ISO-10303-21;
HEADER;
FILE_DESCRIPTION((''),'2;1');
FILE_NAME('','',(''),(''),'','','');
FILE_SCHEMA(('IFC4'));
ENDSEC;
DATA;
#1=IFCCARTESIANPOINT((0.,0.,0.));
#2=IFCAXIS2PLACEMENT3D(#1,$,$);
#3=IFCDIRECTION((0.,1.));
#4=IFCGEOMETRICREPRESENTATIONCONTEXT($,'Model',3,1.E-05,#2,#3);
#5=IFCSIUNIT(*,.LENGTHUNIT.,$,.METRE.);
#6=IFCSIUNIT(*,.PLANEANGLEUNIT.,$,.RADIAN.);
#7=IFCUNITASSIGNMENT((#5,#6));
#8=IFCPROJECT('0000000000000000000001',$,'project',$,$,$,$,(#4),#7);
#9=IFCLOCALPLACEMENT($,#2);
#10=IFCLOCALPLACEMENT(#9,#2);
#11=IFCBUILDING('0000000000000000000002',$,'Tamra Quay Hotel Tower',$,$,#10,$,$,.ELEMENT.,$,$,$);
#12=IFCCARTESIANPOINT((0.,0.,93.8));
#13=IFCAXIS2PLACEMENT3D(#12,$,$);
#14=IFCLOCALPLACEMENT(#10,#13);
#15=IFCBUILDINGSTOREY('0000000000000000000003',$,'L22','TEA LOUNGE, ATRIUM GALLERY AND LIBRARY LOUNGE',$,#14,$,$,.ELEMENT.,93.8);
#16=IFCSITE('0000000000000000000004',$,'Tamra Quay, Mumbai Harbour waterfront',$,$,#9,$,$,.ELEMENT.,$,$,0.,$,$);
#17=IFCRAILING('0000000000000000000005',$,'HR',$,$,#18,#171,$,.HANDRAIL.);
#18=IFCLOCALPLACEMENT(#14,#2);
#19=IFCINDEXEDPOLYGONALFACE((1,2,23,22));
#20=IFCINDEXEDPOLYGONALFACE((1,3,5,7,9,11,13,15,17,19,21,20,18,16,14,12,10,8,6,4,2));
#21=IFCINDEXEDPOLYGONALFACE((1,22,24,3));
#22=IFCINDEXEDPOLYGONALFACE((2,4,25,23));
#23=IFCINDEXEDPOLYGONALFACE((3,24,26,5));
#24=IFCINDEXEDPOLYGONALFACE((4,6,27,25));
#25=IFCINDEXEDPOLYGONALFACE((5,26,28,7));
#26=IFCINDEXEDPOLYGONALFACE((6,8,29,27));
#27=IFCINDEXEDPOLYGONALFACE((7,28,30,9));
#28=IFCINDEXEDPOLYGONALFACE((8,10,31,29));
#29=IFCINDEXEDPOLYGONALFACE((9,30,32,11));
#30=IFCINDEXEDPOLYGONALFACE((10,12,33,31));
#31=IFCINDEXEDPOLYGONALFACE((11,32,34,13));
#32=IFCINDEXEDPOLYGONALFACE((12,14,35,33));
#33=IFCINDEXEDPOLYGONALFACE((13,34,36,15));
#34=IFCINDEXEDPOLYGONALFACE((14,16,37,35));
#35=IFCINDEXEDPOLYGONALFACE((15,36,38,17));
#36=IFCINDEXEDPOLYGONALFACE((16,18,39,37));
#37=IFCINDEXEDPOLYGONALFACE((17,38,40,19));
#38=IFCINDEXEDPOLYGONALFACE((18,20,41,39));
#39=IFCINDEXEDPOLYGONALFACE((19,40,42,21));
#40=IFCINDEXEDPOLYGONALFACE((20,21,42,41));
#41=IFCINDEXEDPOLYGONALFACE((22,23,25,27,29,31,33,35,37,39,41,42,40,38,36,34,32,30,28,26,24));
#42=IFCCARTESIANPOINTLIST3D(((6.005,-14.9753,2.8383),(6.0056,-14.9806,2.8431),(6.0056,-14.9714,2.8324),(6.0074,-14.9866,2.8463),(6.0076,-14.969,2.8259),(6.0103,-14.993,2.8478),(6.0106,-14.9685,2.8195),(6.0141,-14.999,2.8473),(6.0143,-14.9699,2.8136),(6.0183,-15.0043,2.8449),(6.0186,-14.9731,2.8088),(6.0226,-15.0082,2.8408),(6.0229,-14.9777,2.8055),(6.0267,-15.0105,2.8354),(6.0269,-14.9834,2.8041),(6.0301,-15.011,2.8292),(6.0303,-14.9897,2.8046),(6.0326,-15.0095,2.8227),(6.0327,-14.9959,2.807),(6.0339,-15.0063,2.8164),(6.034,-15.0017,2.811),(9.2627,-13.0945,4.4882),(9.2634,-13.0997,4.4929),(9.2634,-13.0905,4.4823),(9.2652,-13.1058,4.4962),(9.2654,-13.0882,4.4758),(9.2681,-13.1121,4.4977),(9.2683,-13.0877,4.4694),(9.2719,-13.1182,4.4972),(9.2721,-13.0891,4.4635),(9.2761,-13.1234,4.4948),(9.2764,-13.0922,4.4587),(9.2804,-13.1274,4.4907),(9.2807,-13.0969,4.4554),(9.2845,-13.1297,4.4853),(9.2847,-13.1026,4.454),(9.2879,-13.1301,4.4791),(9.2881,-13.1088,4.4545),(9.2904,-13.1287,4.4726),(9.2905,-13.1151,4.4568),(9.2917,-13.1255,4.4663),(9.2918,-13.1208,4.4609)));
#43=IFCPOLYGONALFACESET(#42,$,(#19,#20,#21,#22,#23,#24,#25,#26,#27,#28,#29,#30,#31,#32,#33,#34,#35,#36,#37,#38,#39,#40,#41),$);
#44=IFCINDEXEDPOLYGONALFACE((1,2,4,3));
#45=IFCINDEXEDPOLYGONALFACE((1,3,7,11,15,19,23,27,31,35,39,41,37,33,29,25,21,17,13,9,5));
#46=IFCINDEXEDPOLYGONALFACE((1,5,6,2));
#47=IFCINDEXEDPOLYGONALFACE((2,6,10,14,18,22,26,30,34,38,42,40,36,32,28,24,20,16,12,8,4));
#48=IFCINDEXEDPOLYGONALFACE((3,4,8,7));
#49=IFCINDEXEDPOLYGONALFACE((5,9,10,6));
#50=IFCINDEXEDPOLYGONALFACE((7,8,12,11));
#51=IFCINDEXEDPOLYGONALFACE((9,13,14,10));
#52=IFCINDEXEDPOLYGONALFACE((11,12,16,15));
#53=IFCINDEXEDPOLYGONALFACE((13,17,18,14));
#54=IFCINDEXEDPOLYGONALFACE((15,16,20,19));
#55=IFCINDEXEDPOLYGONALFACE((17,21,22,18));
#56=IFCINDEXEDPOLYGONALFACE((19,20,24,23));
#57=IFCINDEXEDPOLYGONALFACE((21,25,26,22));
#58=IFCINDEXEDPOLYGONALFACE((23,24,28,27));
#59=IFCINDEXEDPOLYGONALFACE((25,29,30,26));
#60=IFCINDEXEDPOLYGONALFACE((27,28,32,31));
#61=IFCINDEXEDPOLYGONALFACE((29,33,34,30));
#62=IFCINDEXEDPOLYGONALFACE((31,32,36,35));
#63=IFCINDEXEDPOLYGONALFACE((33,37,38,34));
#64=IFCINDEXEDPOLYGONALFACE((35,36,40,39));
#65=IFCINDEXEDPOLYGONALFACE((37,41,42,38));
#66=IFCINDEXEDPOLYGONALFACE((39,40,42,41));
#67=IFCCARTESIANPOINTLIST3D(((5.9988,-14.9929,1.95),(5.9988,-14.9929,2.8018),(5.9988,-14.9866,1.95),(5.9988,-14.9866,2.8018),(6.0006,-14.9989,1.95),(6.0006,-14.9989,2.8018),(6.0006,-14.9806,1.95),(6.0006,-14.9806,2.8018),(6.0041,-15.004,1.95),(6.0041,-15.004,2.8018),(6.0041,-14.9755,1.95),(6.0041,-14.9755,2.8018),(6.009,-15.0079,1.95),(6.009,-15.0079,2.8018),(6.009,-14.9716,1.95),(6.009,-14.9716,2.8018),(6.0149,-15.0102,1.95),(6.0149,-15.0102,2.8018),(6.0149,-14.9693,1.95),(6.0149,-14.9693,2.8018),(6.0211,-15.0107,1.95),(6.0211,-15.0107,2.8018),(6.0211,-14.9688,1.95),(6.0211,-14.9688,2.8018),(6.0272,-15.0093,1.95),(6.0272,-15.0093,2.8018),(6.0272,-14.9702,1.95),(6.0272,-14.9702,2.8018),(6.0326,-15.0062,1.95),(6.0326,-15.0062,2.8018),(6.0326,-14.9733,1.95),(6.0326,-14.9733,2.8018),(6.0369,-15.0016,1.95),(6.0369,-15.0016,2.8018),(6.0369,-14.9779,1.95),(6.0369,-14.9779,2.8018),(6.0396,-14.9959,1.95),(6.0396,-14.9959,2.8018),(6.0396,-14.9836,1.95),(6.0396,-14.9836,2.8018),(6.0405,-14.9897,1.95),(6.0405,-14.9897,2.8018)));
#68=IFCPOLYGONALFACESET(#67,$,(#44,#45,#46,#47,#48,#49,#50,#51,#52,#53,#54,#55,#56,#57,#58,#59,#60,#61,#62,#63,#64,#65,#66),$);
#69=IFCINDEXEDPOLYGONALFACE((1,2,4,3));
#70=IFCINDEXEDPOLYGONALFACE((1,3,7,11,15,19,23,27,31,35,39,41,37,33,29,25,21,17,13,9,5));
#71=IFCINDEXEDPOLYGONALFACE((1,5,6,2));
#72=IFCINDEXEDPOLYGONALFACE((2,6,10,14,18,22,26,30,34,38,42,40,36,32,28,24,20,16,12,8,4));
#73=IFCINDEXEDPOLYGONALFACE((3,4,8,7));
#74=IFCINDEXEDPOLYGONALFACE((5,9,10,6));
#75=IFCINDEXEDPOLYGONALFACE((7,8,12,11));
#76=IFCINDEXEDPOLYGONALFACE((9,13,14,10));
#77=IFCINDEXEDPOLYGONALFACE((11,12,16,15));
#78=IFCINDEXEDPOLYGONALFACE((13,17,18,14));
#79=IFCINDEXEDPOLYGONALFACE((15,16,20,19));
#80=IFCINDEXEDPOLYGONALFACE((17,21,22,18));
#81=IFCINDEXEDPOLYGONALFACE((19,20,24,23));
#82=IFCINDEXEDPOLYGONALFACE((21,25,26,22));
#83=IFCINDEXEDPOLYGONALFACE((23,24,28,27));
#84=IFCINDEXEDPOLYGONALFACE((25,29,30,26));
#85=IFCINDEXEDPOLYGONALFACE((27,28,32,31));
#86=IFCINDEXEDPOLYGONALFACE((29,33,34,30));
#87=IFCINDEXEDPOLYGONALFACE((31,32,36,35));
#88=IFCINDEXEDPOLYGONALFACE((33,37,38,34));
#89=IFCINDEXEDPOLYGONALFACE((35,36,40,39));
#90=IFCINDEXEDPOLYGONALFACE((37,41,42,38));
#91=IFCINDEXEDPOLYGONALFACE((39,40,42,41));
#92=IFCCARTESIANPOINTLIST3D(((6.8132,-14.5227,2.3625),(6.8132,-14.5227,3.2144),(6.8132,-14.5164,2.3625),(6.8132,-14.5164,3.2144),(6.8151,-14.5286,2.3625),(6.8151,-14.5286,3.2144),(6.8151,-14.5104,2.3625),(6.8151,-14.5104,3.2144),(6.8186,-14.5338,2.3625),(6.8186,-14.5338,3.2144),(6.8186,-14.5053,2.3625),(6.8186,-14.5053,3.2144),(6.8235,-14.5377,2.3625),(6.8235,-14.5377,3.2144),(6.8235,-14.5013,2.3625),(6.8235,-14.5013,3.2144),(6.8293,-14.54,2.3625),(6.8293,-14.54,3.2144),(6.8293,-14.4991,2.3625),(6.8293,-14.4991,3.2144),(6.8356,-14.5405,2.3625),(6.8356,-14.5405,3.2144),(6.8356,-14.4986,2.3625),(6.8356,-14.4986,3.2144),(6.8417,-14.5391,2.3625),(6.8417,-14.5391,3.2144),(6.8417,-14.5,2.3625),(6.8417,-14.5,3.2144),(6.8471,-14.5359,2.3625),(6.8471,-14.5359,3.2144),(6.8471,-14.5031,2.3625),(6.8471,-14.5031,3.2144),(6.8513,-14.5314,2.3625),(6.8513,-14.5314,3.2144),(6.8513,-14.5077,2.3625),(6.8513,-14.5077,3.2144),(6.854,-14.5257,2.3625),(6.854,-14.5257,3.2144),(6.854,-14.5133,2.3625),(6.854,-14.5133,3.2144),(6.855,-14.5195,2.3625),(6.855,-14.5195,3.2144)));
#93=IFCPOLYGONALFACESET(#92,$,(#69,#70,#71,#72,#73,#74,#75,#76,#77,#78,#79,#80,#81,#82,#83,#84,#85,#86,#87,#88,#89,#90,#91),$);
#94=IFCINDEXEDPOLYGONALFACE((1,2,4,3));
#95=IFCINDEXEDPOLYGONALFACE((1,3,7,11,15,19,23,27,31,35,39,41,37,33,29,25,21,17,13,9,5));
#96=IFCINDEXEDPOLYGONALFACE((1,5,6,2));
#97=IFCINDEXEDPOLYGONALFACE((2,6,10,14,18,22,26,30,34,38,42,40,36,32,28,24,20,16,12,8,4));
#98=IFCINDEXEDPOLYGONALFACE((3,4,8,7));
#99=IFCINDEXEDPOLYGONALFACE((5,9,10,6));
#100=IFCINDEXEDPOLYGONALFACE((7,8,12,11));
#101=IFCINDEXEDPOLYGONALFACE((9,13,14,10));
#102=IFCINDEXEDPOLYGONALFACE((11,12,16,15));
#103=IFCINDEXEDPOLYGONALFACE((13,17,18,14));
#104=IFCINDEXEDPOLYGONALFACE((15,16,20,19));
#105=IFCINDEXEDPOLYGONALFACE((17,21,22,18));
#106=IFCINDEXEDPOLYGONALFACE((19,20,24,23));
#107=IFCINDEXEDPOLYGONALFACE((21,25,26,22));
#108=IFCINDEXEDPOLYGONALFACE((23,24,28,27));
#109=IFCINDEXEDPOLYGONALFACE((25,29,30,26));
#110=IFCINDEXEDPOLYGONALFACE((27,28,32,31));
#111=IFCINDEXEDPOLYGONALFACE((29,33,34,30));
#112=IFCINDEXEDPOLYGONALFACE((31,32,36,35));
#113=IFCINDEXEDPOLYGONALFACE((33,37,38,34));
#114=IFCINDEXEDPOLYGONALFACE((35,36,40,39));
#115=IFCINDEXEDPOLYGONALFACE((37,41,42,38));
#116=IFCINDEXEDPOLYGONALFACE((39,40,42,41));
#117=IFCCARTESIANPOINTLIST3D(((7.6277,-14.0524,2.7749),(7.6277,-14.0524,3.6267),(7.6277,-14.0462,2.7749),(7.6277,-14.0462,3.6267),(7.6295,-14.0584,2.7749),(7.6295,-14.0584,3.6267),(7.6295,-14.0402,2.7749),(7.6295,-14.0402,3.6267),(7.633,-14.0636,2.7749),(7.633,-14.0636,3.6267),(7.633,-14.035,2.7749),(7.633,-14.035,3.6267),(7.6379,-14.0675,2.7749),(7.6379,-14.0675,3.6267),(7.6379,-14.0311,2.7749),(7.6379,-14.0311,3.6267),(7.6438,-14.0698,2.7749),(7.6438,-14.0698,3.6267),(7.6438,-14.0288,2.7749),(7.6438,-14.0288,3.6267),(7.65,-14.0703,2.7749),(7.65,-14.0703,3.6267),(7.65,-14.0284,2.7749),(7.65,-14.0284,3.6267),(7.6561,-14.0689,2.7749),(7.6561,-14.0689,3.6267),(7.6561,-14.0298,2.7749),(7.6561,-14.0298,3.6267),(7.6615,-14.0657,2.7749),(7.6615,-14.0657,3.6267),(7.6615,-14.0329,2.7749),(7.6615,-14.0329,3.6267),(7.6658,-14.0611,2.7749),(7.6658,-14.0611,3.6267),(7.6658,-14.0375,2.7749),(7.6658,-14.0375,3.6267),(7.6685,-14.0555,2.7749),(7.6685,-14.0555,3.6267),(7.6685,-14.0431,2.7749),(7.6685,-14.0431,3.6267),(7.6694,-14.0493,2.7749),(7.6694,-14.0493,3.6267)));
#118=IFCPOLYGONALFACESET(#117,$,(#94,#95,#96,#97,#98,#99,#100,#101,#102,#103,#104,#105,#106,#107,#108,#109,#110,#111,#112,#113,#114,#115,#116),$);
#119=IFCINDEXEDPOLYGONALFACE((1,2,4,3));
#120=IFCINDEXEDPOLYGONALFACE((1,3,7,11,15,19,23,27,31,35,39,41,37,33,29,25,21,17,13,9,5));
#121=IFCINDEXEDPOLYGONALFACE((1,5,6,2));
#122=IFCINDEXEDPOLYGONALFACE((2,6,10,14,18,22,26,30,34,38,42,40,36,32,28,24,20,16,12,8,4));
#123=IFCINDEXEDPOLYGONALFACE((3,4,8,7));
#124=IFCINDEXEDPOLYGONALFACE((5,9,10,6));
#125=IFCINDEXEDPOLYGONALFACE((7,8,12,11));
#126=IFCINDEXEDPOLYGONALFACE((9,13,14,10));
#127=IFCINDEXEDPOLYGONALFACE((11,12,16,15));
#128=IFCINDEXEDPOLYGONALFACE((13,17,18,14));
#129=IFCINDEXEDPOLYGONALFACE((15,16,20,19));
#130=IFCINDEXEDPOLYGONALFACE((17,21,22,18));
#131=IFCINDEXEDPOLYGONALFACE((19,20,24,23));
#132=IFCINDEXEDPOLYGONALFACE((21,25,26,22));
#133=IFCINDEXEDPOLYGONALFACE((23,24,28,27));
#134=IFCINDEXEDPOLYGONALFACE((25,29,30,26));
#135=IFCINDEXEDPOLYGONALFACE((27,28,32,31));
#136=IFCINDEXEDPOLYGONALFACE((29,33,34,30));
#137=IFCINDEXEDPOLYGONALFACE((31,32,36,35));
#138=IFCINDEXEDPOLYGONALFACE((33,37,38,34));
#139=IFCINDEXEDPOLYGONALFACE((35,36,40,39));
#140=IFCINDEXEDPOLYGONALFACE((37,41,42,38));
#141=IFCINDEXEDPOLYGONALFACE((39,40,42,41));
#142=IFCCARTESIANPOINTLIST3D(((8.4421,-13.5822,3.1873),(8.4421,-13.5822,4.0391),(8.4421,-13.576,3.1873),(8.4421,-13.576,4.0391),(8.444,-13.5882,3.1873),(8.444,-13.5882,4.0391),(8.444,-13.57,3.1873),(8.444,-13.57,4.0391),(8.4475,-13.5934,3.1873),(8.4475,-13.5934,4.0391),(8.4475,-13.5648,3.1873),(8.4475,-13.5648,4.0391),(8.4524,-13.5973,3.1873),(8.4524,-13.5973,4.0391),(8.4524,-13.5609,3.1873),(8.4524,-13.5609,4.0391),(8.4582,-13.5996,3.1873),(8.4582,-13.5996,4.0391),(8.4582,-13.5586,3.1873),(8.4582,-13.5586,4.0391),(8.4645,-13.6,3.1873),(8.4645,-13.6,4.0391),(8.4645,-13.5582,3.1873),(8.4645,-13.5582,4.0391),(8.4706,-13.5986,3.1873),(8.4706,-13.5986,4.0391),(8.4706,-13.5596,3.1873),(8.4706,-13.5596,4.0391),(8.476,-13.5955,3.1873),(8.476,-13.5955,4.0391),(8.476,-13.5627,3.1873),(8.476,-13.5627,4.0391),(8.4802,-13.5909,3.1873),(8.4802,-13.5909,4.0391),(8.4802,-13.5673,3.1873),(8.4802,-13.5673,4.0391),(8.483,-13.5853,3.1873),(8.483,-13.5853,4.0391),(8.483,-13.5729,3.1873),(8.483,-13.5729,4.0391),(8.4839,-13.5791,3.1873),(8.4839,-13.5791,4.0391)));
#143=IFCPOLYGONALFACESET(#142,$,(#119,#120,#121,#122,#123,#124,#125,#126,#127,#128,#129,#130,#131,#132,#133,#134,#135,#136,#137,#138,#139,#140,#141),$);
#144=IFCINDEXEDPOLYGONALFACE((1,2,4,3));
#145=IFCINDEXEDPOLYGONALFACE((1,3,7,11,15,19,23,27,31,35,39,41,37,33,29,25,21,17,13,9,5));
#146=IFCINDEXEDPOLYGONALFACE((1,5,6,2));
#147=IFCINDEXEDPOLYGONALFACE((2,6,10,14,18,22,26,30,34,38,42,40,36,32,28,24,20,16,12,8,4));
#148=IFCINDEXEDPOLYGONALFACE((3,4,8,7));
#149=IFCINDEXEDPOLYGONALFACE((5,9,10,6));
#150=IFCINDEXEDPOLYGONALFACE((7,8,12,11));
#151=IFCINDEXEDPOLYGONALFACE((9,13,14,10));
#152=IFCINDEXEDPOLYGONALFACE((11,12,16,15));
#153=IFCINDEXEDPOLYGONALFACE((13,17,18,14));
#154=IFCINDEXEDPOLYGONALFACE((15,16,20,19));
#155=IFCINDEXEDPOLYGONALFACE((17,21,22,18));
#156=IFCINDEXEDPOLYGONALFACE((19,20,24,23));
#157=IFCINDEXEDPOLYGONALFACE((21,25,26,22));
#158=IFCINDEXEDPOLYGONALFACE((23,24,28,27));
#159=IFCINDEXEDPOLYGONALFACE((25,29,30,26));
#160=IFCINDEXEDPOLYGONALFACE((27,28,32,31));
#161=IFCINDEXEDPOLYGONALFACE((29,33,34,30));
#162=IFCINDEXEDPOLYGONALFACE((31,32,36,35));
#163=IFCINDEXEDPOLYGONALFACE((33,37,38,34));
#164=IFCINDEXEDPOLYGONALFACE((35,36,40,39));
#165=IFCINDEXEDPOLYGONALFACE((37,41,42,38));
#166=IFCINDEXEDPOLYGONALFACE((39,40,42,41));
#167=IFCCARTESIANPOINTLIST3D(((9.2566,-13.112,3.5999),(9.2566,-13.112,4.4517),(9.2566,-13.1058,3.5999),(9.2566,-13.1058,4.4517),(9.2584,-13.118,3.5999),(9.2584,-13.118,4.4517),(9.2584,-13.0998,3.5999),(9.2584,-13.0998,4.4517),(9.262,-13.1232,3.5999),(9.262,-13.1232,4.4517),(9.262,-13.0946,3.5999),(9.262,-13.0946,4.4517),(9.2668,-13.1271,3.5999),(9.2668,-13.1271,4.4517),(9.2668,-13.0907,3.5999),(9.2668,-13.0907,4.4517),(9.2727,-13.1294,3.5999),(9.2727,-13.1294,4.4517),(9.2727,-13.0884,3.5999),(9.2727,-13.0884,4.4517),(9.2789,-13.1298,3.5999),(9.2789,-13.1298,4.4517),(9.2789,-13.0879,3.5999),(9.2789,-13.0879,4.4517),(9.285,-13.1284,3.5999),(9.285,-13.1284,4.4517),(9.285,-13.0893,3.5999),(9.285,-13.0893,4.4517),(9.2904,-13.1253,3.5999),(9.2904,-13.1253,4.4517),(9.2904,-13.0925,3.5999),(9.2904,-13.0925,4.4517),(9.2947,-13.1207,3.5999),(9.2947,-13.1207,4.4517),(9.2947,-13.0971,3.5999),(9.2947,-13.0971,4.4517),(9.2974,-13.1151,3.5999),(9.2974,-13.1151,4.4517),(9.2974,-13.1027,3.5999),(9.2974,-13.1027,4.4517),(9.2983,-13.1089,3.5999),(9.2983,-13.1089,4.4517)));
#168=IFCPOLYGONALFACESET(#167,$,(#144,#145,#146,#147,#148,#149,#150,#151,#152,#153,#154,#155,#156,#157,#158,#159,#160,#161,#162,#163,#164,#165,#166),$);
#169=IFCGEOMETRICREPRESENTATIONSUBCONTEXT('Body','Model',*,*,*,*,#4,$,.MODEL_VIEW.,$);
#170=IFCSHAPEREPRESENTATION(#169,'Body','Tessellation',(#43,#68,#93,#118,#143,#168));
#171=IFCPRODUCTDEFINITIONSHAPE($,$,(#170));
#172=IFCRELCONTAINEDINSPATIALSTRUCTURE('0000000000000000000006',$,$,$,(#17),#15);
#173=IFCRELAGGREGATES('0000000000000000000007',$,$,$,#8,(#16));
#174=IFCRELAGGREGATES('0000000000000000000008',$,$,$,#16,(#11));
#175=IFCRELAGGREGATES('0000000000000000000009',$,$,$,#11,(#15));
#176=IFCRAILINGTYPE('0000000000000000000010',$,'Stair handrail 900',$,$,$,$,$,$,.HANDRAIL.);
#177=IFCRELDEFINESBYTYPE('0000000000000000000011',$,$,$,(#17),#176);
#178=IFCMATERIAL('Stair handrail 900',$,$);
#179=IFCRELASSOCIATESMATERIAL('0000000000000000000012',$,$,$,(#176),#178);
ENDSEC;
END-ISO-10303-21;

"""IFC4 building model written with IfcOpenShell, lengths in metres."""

from ifc_helpers import new_model, si_unit, direction, frame, origin, origin_2d, place, context, subcontext, project, spatial, circle, extrude, material, type_object, element, save


model = new_model("IFC4")

# Units and contexts
model_context = context("Model", 3, precision=1e-05, world=origin(), true_north=direction((0.0, 1.0)))
body_context = subcontext(model_context, "Body", "Model", "MODEL_VIEW")
ifc_project = project(units=[si_unit("LENGTHUNIT", "METRE"), si_unit("PLANEANGLEUNIT", "RADIAN")], contexts=[model_context])

# Site, building, storey
site_placement = place(None, origin())
site = spatial("IfcSite", under=ifc_project, at=site_placement, Name="Tamra Quay, Mumbai Harbour waterfront", CompositionType="ELEMENT", RefElevation=0.0)
building_placement = place(site_placement, origin())
building = spatial("IfcBuilding", under=site, at=building_placement, Name="Tamra Quay Hotel Tower", CompositionType="ELEMENT")
storey_placement = place(building_placement, frame((0.0, 0.0, 93.8)))
storey = spatial("IfcBuildingStorey", under=building, at=storey_placement, Name="L22", Description="TEA LOUNGE, ATRIUM GALLERY AND LIBRARY LOUNGE", CompositionType="ELEMENT", Elevation=93.8)

# Railing
ifc_material_1 = material(Name="Stair handrail 900")
railing_type_1 = type_object("IfcRailingType", Name="Stair handrail 900", PredefinedType="HANDRAIL", material=ifc_material_1)
railing_1_placement = place(storey_placement, frame((6.0195, -14.9897, 1.95)))
element("IfcRailing", 1, at=railing_1_placement, inside=storey, type_object=railing_type_1, Name="HR", PredefinedType="HANDRAIL", context=body_context, shape_type="SweptSolid", body=[
    extrude(circle(Radius=0.0239, at=origin_2d()), frame((0.0, 0.0, 0.876), z_axis=(0.7931, 0.457887, 0.401661), x_axis=(-0.499992, 0.86603, 0.0)), (0.0, 0.0, 1.0), 4.1077),
    extrude(circle(Radius=0.021, at=origin_2d()), origin(), (0.0, 0.0, 1.0), 0.8518),
    extrude(circle(Radius=0.021, at=origin_2d()), frame((0.8145, 0.4702, 0.4126)), (0.0, 0.0, 1.0), 0.8518),
    extrude(circle(Radius=0.021, at=origin_2d()), frame((1.6289, 0.9404, 0.825)), (0.0, 0.0, 1.0), 0.8518),
    extrude(circle(Radius=0.021, at=origin_2d()), frame((2.4434, 1.4106, 1.2373)), (0.0, 0.0, 1.0), 0.8518),
    extrude(circle(Radius=0.021, at=origin_2d()), frame((3.2578, 1.8809, 1.6499)), (0.0, 0.0, 1.0), 0.8518),
])

save(model, "model.ifc")
